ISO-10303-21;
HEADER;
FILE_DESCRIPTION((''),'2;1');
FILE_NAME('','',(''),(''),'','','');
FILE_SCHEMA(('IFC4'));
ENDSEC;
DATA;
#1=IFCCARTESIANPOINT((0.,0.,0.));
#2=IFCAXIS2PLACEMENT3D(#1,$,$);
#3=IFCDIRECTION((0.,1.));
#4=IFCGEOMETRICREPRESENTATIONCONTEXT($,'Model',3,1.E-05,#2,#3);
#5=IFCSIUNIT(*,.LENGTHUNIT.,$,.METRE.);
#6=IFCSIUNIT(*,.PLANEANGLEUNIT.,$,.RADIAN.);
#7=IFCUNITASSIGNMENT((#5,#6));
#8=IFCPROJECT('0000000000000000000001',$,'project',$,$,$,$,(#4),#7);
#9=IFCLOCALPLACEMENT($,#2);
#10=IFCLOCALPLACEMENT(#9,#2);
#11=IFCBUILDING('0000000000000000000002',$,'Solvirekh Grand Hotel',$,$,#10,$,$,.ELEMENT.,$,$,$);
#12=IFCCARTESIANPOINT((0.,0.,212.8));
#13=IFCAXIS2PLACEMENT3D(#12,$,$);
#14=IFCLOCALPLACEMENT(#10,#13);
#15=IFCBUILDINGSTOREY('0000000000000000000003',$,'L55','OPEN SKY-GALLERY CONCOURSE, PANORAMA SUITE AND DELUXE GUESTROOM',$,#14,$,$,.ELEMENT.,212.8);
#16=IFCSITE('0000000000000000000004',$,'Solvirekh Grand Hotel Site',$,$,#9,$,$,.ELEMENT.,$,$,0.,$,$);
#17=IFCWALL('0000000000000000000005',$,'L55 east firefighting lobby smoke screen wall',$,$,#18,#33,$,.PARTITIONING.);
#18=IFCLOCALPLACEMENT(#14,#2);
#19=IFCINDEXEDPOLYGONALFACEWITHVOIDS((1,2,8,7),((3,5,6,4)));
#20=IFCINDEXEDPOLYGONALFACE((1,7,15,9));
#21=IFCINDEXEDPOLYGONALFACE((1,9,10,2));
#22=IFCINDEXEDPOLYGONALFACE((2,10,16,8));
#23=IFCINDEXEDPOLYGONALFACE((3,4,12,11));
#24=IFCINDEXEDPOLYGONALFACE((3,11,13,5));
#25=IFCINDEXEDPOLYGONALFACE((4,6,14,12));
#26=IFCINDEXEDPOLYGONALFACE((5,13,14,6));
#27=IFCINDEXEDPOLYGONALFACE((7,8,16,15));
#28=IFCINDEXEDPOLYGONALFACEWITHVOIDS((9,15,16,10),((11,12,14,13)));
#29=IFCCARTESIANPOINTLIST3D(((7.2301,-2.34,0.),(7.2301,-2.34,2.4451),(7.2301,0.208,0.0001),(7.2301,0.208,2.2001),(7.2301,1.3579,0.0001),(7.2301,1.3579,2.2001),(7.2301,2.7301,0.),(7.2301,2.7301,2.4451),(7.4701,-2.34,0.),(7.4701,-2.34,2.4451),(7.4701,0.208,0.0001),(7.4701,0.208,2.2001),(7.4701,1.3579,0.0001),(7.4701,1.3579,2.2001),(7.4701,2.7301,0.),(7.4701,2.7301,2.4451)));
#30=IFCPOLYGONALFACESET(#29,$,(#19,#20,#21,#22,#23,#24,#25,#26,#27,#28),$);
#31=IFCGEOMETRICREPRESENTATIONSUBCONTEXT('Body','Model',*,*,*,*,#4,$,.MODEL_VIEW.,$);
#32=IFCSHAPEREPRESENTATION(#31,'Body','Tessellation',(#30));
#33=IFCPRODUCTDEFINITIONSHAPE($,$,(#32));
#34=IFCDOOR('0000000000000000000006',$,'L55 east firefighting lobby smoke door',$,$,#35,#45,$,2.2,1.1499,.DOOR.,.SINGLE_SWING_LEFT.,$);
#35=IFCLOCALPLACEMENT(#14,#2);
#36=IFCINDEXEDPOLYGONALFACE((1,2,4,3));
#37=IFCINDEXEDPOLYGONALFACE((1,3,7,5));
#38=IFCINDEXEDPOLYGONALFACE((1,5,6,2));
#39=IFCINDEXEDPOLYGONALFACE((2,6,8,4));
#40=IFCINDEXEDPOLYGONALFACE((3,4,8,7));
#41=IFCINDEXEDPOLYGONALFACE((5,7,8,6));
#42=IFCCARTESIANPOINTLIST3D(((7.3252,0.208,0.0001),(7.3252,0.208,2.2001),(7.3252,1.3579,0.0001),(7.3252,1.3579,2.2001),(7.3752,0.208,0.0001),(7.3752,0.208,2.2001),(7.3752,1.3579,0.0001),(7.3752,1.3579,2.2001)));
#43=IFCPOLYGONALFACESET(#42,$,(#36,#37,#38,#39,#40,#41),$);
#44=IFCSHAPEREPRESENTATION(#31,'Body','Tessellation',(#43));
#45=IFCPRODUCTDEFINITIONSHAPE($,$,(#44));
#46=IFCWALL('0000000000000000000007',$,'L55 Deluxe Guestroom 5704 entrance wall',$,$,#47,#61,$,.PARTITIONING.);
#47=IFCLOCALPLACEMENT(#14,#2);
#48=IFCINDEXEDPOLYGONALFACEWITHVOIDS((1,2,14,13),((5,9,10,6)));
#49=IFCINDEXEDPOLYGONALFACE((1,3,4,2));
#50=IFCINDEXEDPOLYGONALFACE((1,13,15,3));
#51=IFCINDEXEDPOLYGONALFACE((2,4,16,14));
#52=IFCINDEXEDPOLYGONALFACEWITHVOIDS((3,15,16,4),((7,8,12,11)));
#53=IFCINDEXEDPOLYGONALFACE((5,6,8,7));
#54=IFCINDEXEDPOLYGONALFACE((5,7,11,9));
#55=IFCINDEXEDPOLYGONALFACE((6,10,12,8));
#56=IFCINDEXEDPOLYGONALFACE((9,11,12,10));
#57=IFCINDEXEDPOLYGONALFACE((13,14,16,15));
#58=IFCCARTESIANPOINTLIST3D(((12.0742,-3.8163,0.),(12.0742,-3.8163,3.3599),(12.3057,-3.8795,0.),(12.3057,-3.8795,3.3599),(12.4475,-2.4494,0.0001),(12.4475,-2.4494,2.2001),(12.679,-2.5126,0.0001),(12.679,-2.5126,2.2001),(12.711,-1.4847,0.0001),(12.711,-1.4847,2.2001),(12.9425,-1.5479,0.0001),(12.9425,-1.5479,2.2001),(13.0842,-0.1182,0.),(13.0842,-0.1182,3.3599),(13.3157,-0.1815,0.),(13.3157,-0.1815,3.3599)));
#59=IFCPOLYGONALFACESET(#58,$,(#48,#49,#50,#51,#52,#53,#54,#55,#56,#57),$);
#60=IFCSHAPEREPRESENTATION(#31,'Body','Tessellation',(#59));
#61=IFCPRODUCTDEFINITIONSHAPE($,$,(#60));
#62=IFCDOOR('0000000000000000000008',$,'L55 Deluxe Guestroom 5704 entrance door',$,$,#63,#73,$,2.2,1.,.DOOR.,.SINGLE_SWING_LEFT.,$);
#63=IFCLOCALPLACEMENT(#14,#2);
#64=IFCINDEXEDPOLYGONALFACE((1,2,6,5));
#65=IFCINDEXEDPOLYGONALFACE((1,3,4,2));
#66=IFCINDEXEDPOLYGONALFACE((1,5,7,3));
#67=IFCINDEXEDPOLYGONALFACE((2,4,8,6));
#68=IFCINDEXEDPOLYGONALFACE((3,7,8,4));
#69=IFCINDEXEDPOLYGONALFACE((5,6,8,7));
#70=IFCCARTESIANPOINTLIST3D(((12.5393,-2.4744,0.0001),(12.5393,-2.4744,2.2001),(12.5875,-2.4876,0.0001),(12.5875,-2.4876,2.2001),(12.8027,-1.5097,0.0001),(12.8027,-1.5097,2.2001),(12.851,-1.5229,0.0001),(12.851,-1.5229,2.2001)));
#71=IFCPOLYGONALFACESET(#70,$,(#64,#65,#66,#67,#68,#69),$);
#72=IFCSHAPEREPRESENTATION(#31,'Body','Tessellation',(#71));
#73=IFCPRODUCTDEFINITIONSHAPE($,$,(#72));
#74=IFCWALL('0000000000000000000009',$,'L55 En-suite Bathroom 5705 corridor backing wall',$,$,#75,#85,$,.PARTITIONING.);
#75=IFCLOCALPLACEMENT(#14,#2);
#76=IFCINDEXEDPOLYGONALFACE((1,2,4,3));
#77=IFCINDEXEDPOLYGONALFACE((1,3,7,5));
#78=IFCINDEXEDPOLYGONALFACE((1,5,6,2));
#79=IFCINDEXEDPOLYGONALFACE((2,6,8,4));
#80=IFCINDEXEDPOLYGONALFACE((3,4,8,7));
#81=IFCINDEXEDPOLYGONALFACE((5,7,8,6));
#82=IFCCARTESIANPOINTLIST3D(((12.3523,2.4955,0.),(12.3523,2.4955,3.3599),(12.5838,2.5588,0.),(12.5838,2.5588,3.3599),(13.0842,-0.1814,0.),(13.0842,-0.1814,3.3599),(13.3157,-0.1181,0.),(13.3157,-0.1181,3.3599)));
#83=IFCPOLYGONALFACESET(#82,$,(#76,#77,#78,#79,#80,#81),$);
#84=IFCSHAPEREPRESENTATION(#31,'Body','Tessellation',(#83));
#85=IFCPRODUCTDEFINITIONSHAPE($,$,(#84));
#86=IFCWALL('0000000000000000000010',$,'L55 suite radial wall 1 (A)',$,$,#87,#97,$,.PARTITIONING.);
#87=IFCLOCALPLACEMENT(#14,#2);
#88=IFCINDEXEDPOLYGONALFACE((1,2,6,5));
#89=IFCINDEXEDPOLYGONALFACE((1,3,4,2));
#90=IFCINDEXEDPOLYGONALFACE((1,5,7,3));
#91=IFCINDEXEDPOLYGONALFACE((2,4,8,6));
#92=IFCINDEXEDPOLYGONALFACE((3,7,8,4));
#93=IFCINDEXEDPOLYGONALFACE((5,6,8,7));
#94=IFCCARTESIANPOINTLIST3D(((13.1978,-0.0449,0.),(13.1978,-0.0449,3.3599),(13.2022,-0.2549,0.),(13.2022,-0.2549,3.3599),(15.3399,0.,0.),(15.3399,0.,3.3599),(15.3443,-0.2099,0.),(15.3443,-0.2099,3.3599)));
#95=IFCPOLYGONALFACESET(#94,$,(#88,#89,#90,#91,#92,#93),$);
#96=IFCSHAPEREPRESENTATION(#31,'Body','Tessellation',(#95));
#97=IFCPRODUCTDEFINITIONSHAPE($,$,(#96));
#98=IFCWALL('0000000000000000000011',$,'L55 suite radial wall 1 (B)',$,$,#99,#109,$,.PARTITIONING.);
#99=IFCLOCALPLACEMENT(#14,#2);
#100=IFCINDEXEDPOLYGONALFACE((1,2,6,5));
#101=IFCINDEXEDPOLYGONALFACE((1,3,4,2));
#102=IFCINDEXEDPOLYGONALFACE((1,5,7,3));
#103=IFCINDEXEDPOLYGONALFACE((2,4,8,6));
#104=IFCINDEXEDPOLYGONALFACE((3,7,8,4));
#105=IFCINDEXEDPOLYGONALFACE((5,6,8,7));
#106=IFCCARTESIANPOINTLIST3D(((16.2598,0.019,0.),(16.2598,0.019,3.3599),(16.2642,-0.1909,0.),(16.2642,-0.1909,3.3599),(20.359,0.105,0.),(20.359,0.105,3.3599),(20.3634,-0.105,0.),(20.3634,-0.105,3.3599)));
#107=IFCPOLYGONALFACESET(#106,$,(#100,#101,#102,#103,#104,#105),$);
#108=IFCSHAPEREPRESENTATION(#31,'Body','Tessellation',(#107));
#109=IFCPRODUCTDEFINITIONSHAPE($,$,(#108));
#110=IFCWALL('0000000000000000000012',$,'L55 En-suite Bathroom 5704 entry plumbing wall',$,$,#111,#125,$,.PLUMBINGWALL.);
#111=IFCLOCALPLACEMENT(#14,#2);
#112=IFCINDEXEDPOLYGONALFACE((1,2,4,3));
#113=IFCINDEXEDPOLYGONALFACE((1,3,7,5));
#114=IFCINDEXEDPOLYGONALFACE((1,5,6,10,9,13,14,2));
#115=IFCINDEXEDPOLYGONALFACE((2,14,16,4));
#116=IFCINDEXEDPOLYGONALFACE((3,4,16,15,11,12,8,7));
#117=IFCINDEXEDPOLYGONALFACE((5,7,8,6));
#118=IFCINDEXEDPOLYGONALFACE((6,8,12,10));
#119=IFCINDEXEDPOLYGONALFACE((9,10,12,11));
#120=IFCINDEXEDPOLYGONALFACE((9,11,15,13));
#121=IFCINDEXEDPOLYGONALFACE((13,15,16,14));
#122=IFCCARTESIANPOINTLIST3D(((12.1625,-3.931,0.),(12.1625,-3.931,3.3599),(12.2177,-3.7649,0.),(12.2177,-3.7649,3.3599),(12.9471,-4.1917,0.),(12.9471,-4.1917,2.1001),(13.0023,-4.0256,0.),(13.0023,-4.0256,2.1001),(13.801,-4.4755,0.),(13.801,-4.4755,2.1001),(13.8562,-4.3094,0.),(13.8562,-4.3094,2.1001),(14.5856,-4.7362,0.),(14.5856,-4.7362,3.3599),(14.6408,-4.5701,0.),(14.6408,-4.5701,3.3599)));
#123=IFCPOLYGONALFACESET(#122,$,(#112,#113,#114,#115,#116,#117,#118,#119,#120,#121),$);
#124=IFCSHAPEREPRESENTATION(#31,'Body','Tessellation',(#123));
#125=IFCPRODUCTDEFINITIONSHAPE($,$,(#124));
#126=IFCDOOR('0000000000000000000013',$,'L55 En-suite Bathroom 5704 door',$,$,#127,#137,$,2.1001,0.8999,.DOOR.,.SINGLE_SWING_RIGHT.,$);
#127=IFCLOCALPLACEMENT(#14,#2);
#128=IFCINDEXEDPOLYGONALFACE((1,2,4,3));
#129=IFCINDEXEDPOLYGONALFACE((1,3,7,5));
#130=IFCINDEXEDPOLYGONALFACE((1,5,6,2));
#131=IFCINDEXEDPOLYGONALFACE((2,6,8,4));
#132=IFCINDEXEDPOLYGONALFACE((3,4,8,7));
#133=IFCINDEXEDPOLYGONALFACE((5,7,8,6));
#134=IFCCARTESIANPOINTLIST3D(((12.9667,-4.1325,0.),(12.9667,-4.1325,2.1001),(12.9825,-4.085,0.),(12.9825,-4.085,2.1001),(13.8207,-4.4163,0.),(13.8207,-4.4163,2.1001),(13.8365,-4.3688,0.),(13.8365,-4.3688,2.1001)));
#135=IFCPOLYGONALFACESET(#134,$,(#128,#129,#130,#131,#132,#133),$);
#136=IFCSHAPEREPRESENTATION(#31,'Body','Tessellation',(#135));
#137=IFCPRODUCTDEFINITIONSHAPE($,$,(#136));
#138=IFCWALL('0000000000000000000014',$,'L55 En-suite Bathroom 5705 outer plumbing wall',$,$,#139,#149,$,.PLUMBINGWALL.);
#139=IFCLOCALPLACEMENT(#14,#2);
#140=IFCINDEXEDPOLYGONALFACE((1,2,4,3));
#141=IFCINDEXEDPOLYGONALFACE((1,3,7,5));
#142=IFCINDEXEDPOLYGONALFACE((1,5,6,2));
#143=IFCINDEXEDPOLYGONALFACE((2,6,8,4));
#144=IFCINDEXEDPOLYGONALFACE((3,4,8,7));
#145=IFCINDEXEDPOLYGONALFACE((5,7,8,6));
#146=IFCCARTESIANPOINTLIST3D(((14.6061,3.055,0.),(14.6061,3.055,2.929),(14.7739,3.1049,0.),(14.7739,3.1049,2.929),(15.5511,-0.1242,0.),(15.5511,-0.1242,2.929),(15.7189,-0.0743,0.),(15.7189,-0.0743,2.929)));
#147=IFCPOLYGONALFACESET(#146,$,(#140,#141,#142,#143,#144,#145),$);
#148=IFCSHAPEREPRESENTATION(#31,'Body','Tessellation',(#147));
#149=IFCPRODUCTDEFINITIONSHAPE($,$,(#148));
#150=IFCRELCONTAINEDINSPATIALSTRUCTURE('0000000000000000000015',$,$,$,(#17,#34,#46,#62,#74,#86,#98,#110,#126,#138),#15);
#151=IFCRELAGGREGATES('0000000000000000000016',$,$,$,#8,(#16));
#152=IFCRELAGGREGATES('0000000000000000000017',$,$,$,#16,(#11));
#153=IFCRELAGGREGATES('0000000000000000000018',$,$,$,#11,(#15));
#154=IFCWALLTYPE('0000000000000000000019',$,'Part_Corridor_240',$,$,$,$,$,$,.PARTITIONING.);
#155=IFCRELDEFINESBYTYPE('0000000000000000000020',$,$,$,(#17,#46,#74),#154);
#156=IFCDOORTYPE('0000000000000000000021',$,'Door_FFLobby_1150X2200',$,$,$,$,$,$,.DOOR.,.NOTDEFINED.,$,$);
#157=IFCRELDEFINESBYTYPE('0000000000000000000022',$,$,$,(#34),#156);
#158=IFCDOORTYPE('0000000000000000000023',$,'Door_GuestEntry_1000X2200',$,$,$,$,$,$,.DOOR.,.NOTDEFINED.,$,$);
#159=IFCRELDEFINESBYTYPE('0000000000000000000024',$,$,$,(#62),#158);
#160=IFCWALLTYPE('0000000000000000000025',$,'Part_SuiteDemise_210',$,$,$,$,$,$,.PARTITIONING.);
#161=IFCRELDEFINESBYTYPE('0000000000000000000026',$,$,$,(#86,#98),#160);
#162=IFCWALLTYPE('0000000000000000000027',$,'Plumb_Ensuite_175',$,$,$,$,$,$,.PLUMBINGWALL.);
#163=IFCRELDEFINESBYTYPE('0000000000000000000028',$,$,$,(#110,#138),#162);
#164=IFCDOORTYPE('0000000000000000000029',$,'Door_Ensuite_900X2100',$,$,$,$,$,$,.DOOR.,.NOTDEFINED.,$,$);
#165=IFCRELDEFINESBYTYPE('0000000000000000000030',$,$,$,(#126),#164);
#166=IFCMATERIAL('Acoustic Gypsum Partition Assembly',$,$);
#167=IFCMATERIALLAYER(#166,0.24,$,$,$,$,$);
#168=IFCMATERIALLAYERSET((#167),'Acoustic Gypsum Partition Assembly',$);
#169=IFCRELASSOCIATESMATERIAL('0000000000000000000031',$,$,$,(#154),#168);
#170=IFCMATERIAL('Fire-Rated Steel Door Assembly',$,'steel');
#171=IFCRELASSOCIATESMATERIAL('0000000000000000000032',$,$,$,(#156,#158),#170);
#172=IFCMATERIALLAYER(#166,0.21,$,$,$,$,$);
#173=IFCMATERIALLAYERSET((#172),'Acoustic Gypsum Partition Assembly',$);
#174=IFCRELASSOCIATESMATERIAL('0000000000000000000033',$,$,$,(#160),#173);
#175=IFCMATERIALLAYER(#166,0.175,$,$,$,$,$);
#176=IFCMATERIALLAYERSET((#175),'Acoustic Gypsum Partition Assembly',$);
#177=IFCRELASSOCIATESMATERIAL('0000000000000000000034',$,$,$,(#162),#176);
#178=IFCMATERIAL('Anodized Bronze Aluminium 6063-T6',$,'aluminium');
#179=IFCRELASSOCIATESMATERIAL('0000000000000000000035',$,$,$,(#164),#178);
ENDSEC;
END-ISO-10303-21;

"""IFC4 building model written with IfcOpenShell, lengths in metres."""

from ifc_helpers import new_model, si_unit, direction, frame, frame_2d, origin, place, context, subcontext, project, spatial, rectangle, extrude, material, layer, layer_set, type_object, element, fill, save


model = new_model("IFC4")

# Units and contexts
model_context = context("Model", 3, precision=1e-05, world=origin(), true_north=direction((0.0, 1.0)))
body_context = subcontext(model_context, "Body", "Model", "MODEL_VIEW")
ifc_project = project(units=[si_unit("LENGTHUNIT", "METRE"), si_unit("PLANEANGLEUNIT", "RADIAN")], contexts=[model_context])

# Site, building, storey
site_placement = place(None, origin())
site = spatial("IfcSite", under=ifc_project, at=site_placement, Name="Solvirekh Grand Hotel Site", CompositionType="ELEMENT", RefElevation=0.0)
building_placement = place(site_placement, origin())
building = spatial("IfcBuilding", under=site, at=building_placement, Name="Solvirekh Grand Hotel", CompositionType="ELEMENT")
storey_placement = place(building_placement, frame((0.0, 0.0, 212.8)))
storey = spatial("IfcBuildingStorey", under=building, at=storey_placement, Name="L55", Description="OPEN SKY-GALLERY CONCOURSE, PANORAMA SUITE AND DELUXE GUESTROOM", CompositionType="ELEMENT", Elevation=212.8)

# Walls, openings, doors
ifc_material_1 = material(Name="Acoustic Gypsum Partition Assembly")
ifc_layer_1 = layer(ifc_material_1, 0.24)
ifc_layer_set_1 = layer_set([ifc_layer_1], Name="Acoustic Gypsum Partition Assembly")
wall_type_1 = type_object("IfcWallType", Name="Part_Corridor_240", PredefinedType="PARTITIONING", material=ifc_layer_set_1)
wall_1_placement = place(storey_placement, frame((7.3501, -2.3401, 0.0), z_axis=(0.0, 0.0, 1.0), x_axis=(0.0, 1.0, 0.0)))
wall_1 = element("IfcWall", 1, at=wall_1_placement, inside=storey, type_object=wall_type_1, Name="L55 east firefighting lobby smoke screen wall", PredefinedType="PARTITIONING", context=body_context, shape_type="SweptSolid", body=[
    extrude(rectangle(XDim=5.0701, YDim=0.24, at=frame_2d((2.5352, 0.0))), origin(), (0.0, 0.0, 1.0), 2.4451),
])
opening_1_placement = place(wall_1_placement, frame((2.5481, 0.0, 0.0)))
opening_1 = element("IfcOpeningElement", 2, at=opening_1_placement, cuts=wall_1, PredefinedType="OPENING", context=body_context, shape_type="SweptSolid", body=[
    extrude(rectangle(XDim=1.1499, YDim=2.2, at=frame_2d((0.575, 1.1001))), frame((0.0, 0.1299, 0.0), z_axis=(0.0, -1.0, 0.0), x_axis=(1.0, 0.0, 0.0)), (0.0, 0.0, 1.0), 0.26),
])
ifc_material_2 = material(Name="Fire-Rated Steel Door Assembly", Category="steel")
door_type_1 = type_object("IfcDoorType", Name="Door_FFLobby_1150X2200", OperationType="NOTDEFINED", PredefinedType="DOOR", material=ifc_material_2)
door_1_placement = place(opening_1_placement, origin())
door_1 = element("IfcDoor", 3, at=door_1_placement, inside=storey, type_object=door_type_1, Name="L55 east firefighting lobby smoke door", OperationType="SINGLE_SWING_LEFT", OverallHeight=2.2, OverallWidth=1.1499, PredefinedType="DOOR", context=body_context, shape_type="SweptSolid", body=[
    extrude(rectangle(XDim=1.1499, YDim=2.2, at=frame_2d((0.575, 1.1001))), frame((0.0, 0.0249, 0.0), z_axis=(0.0, -1.0, 0.0), x_axis=(1.0, 0.0, 0.0)), (0.0, 0.0, 1.0), 0.05),
])
fill(opening_1, door_1)
wall_2_placement = place(storey_placement, frame((12.1899, -3.8479, 0.0), z_axis=(0.0, 0.0, 1.0), x_axis=(0.263473, 0.964667, 0.0)))
wall_2 = element("IfcWall", 4, at=wall_2_placement, inside=storey, type_object=wall_type_1, Name="L55 Deluxe Guestroom 5704 entrance wall", PredefinedType="PARTITIONING", context=body_context, shape_type="SweptSolid", body=[
    extrude(rectangle(XDim=3.8335, YDim=0.24, at=frame_2d((1.9167, 0.0))), origin(), (0.0, 0.0, 1.0), 3.3599),
])
opening_2_placement = place(wall_2_placement, frame((1.417, 0.0, 0.0)))
opening_2 = element("IfcOpeningElement", 5, at=opening_2_placement, cuts=wall_2, PredefinedType="OPENING", context=body_context, shape_type="SweptSolid", body=[
    extrude(rectangle(XDim=1.0, YDim=2.2, at=frame_2d((0.5, 1.1001))), frame((0.0, 0.1299, 0.0), z_axis=(0.0, -1.0, 0.0), x_axis=(1.0, 0.0, 0.0)), (0.0, 0.0, 1.0), 0.26),
])
door_type_2 = type_object("IfcDoorType", Name="Door_GuestEntry_1000X2200", OperationType="NOTDEFINED", PredefinedType="DOOR", material=ifc_material_2)
door_2_placement = place(opening_2_placement, origin())
door_2 = element("IfcDoor", 6, at=door_2_placement, inside=storey, type_object=door_type_2, Name="L55 Deluxe Guestroom 5704 entrance door", OperationType="SINGLE_SWING_LEFT", OverallHeight=2.2, OverallWidth=1.0, PredefinedType="DOOR", context=body_context, shape_type="SweptSolid", body=[
    extrude(rectangle(XDim=1.0, YDim=2.2, at=frame_2d((0.5, 1.1001))), frame((0.0, 0.0249, 0.0), z_axis=(0.0, -1.0, 0.0), x_axis=(1.0, 0.0, 0.0)), (0.0, 0.0, 1.0), 0.05),
])
fill(opening_2, door_2)

# Walls
wall_3_placement = place(storey_placement, frame((13.2, -0.1499, 0.0), z_axis=(0.0, 0.0, 1.0), x_axis=(-0.263735, 0.964595, 0.0)))
element("IfcWall", 7, at=wall_3_placement, inside=storey, type_object=wall_type_1, Name="L55 En-suite Bathroom 5705 corridor backing wall", PredefinedType="PARTITIONING", context=body_context, shape_type="SweptSolid", body=[
    extrude(rectangle(XDim=2.7751, YDim=0.24, at=frame_2d((1.3877, 0.0))), origin(), (0.0, 0.0, 1.0), 3.3599),
])
ifc_layer_2 = layer(ifc_material_1, 0.21)
ifc_layer_set_2 = layer_set([ifc_layer_2], Name="Acoustic Gypsum Partition Assembly")
wall_type_2 = type_object("IfcWallType", Name="Part_SuiteDemise_210", PredefinedType="PARTITIONING", material=ifc_layer_set_2)
wall_4_placement = place(storey_placement, frame((13.2, -0.1499, 0.0), z_axis=(0.0, 0.0, 1.0), x_axis=(0.99978, 0.020966, 0.0)))
element("IfcWall", 8, at=wall_4_placement, inside=storey, type_object=wall_type_2, Name="L55 suite radial wall 1 (A)", PredefinedType="PARTITIONING", context=body_context, shape_type="SweptSolid", body=[
    extrude(rectangle(XDim=2.1426, YDim=0.21, at=frame_2d((1.0713, 0.0))), origin(), (0.0, 0.0, 1.0), 3.3599),
])
wall_5_placement = place(storey_placement, frame((16.262, -0.0859, 0.0), z_axis=(0.0, 0.0, 1.0), x_axis=(0.99978, 0.02096, 0.0)))
element("IfcWall", 9, at=wall_5_placement, inside=storey, type_object=wall_type_2, Name="L55 suite radial wall 1 (B)", PredefinedType="PARTITIONING", context=body_context, shape_type="SweptSolid", body=[
    extrude(rectangle(XDim=4.1001, YDim=0.21, at=frame_2d((2.05, 0.0))), origin(), (0.0, 0.0, 1.0), 3.3599),
])

# Wall, opening, door
ifc_layer_3 = layer(ifc_material_1, 0.175)
ifc_layer_set_3 = layer_set([ifc_layer_3], Name="Acoustic Gypsum Partition Assembly")
wall_type_3 = type_object("IfcWallType", Name="Plumb_Ensuite_175", PredefinedType="PLUMBINGWALL", material=ifc_layer_set_3)
wall_6_placement = place(storey_placement, frame((12.1899, -3.8479, 0.0), z_axis=(0.0, 0.0, 1.0), x_axis=(0.948979, -0.315338, 0.0)))
wall_6 = element("IfcWall", 10, at=wall_6_placement, inside=storey, type_object=wall_type_3, Name="L55 En-suite Bathroom 5704 entry plumbing wall", PredefinedType="PLUMBINGWALL", context=body_context, shape_type="SweptSolid", body=[
    extrude(rectangle(XDim=2.5535, YDim=0.175, at=frame_2d((1.2769, 0.0))), origin(), (0.0, 0.0, 1.0), 3.3599),
])
opening_3_placement = place(wall_6_placement, frame((0.8269, 0.0, 0.0)))
opening_3 = element("IfcOpeningElement", 11, at=opening_3_placement, cuts=wall_6, PredefinedType="OPENING", context=body_context, shape_type="SweptSolid", body=[
    extrude(rectangle(XDim=0.8999, YDim=2.1001, at=frame_2d((0.45, 1.05))), frame((0.0, 0.0977, 0.0), z_axis=(0.0, -1.0, 0.0), x_axis=(1.0, 0.0, 0.0)), (0.0, 0.0, 1.0), 0.1951),
])
ifc_material_3 = material(Name="Anodized Bronze Aluminium 6063-T6", Category="aluminium")
door_type_3 = type_object("IfcDoorType", Name="Door_Ensuite_900X2100", OperationType="NOTDEFINED", PredefinedType="DOOR", material=ifc_material_3)
door_3_placement = place(opening_3_placement, origin())
door_3 = element("IfcDoor", 12, at=door_3_placement, inside=storey, type_object=door_type_3, Name="L55 En-suite Bathroom 5704 door", OperationType="SINGLE_SWING_RIGHT", OverallHeight=2.1001, OverallWidth=0.8999, PredefinedType="DOOR", context=body_context, shape_type="SweptSolid", body=[
    extrude(rectangle(XDim=0.8999, YDim=2.1001, at=frame_2d((0.45, 1.05))), frame((0.0, 0.0249, 0.0), z_axis=(0.0, -1.0, 0.0), x_axis=(1.0, 0.0, 0.0)), (0.0, 0.0, 1.0), 0.05),
])
fill(opening_3, door_3)

# Wall
wall_7_placement = place(storey_placement, frame((15.635, -0.0991, 0.0), z_axis=(0.0, 0.0, 1.0), x_axis=(-0.284943, 0.958545, 0.0)))
element("IfcWall", 13, at=wall_7_placement, inside=storey, type_object=wall_type_3, Name="L55 En-suite Bathroom 5705 outer plumbing wall", PredefinedType="PLUMBINGWALL", context=body_context, shape_type="SweptSolid", body=[
    extrude(rectangle(XDim=3.3167, YDim=0.175, at=frame_2d((1.6582, 0.0))), origin(), (0.0, 0.0, 1.0), 2.929),
])

save(model, "model.ifc")
